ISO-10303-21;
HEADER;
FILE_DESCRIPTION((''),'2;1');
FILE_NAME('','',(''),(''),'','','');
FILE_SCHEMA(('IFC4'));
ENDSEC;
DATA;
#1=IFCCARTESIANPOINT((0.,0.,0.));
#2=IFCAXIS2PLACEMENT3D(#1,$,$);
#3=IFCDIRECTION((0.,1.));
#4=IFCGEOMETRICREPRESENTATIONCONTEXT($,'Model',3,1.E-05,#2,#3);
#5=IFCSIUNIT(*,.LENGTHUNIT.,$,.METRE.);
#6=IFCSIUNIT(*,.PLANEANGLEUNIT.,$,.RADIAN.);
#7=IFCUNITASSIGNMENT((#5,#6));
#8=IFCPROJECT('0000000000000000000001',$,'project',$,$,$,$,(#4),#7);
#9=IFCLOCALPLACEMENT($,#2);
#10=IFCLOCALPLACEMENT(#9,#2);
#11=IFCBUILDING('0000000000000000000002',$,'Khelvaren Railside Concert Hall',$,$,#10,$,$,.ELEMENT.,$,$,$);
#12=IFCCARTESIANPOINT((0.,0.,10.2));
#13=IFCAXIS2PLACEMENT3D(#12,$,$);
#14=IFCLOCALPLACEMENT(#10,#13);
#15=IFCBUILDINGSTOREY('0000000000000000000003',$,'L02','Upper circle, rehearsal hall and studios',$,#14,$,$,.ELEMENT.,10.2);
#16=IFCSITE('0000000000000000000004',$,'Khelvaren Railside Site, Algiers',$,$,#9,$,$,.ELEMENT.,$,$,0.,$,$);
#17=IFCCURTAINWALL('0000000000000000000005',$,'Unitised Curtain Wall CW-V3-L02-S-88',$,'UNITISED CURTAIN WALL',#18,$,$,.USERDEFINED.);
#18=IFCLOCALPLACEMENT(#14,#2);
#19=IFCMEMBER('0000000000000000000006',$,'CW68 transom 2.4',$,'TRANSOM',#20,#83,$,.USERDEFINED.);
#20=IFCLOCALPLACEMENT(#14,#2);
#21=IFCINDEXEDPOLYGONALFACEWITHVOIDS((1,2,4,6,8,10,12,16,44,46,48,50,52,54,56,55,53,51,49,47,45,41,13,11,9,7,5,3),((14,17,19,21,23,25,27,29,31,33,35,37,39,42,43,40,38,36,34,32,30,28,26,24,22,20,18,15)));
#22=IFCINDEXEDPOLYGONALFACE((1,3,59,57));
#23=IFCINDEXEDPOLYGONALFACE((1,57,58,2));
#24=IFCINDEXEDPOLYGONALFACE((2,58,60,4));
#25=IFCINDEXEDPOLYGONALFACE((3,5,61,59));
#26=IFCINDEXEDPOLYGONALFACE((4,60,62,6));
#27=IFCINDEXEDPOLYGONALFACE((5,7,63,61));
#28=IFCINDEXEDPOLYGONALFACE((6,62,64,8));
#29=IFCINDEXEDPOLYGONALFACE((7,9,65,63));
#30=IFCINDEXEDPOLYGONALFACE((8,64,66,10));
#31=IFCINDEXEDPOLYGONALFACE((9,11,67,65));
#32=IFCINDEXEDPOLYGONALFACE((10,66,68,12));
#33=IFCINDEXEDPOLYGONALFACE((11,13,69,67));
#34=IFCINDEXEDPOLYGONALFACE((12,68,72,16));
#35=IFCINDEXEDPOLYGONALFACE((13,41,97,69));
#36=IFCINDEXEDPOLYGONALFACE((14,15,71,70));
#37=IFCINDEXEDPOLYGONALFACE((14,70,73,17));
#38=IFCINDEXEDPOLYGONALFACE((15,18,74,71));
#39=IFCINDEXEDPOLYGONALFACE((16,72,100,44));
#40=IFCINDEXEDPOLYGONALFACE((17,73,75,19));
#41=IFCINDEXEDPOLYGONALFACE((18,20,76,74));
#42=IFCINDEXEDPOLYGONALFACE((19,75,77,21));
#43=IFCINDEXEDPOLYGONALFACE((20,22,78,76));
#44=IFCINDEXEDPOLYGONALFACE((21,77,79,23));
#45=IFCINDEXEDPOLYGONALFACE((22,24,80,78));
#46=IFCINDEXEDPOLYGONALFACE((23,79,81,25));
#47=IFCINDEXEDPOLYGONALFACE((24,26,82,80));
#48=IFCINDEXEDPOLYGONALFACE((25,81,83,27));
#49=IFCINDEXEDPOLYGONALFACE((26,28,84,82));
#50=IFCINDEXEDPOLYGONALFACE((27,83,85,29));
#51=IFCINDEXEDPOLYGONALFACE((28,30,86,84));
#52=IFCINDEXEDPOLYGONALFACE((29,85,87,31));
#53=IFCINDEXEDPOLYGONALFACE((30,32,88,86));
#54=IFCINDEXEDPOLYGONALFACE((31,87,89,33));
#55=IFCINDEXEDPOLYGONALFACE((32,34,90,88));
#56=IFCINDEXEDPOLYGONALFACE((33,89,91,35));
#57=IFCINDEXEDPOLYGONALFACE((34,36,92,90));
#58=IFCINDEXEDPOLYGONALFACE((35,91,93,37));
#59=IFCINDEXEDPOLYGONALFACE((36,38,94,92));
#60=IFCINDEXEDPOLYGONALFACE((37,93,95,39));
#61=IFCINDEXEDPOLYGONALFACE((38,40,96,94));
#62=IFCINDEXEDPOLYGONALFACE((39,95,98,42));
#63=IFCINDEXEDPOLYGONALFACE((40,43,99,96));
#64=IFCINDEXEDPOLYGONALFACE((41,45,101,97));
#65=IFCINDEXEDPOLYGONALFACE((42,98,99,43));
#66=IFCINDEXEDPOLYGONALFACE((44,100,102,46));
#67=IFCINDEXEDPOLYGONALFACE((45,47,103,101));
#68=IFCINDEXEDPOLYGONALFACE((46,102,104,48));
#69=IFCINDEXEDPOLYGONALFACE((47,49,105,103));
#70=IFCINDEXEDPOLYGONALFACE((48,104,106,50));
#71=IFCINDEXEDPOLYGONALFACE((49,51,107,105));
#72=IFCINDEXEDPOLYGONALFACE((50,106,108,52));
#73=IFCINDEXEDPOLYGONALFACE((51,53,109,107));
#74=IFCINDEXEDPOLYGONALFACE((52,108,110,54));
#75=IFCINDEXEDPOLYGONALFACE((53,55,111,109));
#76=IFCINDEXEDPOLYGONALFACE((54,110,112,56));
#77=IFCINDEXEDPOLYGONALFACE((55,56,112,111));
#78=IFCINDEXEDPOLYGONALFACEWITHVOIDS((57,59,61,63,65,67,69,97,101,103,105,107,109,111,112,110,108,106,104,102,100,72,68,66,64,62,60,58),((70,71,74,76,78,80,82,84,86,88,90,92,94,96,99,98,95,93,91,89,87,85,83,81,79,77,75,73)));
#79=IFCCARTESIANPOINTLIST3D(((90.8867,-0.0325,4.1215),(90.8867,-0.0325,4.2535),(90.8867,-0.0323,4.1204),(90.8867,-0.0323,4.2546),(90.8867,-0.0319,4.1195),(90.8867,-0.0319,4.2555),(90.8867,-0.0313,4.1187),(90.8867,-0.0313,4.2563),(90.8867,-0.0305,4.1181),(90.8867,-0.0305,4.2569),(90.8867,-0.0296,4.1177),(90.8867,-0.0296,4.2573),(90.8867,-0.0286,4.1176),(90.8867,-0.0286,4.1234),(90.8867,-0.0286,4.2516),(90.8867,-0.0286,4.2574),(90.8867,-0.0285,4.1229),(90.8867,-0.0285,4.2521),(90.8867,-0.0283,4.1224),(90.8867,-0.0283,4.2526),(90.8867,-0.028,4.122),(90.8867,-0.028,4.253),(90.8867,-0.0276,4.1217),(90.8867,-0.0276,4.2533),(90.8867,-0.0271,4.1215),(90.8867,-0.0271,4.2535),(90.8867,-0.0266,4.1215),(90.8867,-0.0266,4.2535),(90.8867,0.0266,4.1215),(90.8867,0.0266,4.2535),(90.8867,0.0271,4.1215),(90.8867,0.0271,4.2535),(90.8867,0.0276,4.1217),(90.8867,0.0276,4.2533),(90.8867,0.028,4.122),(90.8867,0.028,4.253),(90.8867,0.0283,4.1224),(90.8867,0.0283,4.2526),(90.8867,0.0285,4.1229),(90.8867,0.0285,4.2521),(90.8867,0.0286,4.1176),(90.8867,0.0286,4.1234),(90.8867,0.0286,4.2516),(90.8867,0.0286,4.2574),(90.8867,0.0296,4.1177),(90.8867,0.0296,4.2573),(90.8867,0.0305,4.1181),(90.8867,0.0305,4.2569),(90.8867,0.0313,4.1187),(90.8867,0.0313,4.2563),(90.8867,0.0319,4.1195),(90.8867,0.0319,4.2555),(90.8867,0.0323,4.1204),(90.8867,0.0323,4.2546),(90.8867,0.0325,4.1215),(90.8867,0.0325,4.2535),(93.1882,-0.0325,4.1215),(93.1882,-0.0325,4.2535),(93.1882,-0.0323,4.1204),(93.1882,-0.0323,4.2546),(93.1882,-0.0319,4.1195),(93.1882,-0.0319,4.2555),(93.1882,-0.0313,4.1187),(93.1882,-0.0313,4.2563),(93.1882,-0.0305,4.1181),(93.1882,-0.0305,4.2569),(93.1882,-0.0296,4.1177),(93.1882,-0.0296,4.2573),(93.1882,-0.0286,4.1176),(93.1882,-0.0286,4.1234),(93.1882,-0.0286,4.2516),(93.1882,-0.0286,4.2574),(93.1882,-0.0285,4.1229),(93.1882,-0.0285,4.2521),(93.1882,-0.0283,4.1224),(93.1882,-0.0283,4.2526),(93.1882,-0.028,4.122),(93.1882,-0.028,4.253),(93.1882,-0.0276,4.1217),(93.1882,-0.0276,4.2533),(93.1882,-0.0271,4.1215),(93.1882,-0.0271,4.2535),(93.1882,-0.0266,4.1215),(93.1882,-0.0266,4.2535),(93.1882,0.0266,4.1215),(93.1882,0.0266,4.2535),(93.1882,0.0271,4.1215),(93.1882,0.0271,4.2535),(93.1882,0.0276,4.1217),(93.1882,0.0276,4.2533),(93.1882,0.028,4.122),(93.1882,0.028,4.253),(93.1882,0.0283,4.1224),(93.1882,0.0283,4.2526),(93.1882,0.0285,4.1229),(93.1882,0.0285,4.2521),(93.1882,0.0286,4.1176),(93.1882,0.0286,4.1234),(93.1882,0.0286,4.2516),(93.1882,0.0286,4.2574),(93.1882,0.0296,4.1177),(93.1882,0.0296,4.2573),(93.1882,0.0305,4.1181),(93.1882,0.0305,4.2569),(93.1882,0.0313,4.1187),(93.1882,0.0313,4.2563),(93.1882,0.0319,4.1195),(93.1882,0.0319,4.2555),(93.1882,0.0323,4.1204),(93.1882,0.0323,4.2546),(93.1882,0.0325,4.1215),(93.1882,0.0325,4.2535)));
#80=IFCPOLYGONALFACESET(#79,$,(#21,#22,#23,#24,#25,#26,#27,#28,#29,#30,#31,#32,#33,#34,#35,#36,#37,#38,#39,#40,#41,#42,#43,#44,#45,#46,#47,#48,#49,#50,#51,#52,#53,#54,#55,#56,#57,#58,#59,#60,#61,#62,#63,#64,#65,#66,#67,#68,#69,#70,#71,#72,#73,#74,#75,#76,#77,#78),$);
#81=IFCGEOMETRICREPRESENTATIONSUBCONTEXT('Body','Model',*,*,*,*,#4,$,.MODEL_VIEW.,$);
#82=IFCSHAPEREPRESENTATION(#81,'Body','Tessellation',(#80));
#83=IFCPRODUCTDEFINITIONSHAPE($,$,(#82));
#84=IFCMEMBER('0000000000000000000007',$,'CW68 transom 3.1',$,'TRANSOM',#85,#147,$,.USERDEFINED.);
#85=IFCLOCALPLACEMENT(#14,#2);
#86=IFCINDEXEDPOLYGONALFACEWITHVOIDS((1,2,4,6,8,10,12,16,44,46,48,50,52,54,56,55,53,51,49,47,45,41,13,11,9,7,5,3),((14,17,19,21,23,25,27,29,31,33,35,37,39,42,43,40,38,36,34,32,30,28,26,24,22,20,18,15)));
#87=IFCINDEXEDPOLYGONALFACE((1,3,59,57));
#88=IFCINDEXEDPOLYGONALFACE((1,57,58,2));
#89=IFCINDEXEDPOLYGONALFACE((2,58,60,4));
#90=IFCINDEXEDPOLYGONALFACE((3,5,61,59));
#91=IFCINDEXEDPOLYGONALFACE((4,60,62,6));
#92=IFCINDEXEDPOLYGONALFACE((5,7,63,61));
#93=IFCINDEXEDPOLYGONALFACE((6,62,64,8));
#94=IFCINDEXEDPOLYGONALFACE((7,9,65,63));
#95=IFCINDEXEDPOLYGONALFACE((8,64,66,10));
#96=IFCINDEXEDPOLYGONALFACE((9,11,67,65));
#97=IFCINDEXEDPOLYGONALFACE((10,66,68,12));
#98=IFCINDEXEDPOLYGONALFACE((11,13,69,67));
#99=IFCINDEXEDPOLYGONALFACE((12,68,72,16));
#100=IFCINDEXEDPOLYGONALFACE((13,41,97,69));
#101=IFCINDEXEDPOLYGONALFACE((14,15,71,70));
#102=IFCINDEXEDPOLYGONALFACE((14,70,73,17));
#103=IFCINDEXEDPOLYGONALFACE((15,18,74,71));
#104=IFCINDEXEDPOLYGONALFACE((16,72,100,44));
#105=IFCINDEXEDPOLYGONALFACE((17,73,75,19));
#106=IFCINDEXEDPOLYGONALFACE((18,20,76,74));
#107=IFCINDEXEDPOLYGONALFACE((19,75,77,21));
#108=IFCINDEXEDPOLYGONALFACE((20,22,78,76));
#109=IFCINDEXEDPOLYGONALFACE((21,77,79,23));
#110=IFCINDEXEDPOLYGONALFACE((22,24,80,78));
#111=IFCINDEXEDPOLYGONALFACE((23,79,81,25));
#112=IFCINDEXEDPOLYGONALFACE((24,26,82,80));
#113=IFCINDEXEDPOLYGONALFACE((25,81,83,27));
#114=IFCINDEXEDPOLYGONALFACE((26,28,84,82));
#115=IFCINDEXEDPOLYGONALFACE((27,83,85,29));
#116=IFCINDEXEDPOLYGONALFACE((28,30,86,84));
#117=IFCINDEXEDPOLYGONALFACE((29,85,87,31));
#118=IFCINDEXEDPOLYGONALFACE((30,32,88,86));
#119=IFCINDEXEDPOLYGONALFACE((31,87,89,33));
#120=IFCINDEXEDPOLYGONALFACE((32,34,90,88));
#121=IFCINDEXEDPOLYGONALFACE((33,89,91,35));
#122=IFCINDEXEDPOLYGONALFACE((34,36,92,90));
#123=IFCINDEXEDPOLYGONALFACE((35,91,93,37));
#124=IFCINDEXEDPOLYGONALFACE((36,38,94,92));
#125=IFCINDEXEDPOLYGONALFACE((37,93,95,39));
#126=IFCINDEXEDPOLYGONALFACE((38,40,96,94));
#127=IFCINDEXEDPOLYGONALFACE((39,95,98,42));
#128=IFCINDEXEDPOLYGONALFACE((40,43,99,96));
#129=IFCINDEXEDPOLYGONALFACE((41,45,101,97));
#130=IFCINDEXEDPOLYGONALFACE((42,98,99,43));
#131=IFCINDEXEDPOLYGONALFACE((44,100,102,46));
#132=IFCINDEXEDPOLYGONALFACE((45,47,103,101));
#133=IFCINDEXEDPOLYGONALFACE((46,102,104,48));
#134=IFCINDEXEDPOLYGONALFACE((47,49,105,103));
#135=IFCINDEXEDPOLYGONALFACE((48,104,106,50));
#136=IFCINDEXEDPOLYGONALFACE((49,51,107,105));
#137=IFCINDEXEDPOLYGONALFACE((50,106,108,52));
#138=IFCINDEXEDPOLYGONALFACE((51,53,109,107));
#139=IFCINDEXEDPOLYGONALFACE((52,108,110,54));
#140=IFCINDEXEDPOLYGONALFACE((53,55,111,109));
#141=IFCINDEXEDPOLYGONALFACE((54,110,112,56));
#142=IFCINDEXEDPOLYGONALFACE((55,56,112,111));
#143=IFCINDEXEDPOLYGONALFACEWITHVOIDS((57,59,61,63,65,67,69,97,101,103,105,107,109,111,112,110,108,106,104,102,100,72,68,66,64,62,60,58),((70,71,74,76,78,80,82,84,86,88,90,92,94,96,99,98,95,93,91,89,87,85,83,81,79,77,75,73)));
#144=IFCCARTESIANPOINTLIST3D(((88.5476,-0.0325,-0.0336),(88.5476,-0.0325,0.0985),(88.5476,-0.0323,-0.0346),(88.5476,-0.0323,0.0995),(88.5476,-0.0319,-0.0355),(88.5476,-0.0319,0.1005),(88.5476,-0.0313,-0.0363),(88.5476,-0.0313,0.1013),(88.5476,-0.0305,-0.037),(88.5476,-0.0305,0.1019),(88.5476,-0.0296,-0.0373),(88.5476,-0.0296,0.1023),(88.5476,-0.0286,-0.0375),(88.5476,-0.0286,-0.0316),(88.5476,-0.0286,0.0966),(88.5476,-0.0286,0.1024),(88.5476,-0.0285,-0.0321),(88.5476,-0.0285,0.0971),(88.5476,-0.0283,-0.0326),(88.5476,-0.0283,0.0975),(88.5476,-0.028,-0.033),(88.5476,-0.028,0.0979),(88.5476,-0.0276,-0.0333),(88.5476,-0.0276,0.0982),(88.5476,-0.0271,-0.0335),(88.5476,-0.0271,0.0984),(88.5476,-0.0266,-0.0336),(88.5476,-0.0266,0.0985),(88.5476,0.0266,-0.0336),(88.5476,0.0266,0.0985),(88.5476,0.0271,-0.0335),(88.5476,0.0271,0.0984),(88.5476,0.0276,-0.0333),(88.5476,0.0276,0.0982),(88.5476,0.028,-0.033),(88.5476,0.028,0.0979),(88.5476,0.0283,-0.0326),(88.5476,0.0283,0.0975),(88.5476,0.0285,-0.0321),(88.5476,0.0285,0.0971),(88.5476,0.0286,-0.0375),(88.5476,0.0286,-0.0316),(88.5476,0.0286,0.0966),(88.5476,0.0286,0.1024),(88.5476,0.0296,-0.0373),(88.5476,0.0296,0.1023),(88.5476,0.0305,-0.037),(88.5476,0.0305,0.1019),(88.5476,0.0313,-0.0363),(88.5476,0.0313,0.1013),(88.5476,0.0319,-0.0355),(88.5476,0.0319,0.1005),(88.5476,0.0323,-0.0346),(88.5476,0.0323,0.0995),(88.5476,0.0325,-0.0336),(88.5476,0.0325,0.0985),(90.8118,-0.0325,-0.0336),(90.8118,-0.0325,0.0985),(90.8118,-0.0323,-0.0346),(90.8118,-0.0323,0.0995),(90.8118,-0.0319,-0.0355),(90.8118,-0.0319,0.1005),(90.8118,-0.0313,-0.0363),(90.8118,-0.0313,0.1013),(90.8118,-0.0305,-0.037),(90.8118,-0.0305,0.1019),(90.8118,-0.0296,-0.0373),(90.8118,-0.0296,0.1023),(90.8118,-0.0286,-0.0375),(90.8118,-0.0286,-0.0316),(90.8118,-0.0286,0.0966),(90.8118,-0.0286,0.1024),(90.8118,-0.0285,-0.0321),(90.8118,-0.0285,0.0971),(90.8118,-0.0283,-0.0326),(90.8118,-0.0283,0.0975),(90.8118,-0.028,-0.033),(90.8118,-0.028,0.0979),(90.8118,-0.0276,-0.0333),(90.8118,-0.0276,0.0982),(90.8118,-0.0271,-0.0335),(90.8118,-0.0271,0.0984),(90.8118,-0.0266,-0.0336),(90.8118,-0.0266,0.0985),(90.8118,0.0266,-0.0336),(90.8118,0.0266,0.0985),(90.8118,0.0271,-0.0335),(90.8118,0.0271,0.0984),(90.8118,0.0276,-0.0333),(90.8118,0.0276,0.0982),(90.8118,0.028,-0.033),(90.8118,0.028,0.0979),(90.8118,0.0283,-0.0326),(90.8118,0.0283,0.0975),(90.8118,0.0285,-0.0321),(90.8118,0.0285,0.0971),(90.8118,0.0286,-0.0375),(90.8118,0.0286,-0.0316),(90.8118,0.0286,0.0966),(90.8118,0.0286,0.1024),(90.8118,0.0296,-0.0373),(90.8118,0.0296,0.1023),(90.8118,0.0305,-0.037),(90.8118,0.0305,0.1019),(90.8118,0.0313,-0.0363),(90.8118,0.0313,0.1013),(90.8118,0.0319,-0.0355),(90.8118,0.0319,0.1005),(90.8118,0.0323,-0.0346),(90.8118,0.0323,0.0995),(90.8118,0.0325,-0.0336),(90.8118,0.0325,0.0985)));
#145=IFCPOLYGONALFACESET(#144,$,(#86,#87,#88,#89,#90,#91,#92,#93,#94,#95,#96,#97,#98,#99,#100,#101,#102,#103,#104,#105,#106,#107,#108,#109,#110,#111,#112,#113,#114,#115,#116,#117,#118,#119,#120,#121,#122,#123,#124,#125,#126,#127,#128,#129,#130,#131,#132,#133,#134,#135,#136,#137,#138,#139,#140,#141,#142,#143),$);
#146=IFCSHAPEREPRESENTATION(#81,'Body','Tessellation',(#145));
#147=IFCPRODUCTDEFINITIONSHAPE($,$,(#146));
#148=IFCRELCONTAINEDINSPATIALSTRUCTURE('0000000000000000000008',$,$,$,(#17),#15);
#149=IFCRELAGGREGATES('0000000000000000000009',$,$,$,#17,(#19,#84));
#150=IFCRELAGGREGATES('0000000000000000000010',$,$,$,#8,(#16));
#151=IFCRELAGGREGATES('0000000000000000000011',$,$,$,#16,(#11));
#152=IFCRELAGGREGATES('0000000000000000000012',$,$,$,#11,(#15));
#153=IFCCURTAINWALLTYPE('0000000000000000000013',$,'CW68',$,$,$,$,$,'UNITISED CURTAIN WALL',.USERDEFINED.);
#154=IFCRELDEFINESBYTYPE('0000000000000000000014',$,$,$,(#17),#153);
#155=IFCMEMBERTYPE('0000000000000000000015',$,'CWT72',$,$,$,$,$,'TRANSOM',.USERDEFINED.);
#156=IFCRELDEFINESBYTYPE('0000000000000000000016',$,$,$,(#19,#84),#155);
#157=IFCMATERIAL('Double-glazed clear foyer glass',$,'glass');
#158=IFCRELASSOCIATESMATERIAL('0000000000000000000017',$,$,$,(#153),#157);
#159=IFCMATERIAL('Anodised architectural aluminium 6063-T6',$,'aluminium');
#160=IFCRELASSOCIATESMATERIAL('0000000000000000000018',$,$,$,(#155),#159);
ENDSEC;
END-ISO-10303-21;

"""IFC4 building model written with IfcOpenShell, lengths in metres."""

from ifc_helpers import new_model, si_unit, direction, frame, origin, origin_2d, place, context, subcontext, project, spatial, hollow_rectangle, extrude, material, material_profile, profile_set, type_object, element, aggregate, save


model = new_model("IFC4")

# Units and contexts
model_context = context("Model", 3, precision=1e-05, world=origin(), true_north=direction((0.0, 1.0)))
body_context = subcontext(model_context, "Body", "Model", "MODEL_VIEW")
ifc_project = project(units=[si_unit("LENGTHUNIT", "METRE"), si_unit("PLANEANGLEUNIT", "RADIAN")], contexts=[model_context])

# Site, building, storey
site_placement = place(None, origin())
site = spatial("IfcSite", under=ifc_project, at=site_placement, Name="Khelvaren Railside Site, Algiers", CompositionType="ELEMENT", RefElevation=0.0)
building_placement = place(site_placement, origin())
building = spatial("IfcBuilding", under=site, at=building_placement, Name="Khelvaren Railside Concert Hall", CompositionType="ELEMENT")
storey_placement = place(building_placement, frame((0.0, 0.0, 10.2)))
storey = spatial("IfcBuildingStorey", under=building, at=storey_placement, Name="L02", Description="Upper circle, rehearsal hall and studios", CompositionType="ELEMENT", Elevation=10.2)

# Curtain wall, members
ifc_material_1 = material(Name="Double-glazed clear foyer glass", Category="glass")
curtain_wall_type = type_object("IfcCurtainWallType", Name="CW68", ElementType="UNITISED CURTAIN WALL", PredefinedType="USERDEFINED", material=ifc_material_1)
curtain_wall_placement = place(storey_placement, origin())
curtain_wall = element("IfcCurtainWall", 1, at=curtain_wall_placement, inside=storey, type_object=curtain_wall_type, Name="Unitised Curtain Wall CW-V3-L02-S-88", ObjectType="UNITISED CURTAIN WALL", PredefinedType="USERDEFINED")
ifc_material_2 = material(Name="Anodised architectural aluminium 6063-T6", Category="aluminium")
ifc_material_profile_1 = material_profile(ifc_material_2, hollow_rectangle(XDim=0.0649, YDim=0.1399, WallThickness=0.0039, InnerFilletRadius=0.002, OuterFilletRadius=0.0039, at=origin_2d()), Name="CWT 65x140x4")
ifc_profile_set_1 = profile_set([ifc_material_profile_1], Name="Anodised architectural aluminium 6063-T6")
member_type_1 = type_object("IfcMemberType", Name="CWT72", ElementType="TRANSOM", PredefinedType="USERDEFINED", material=ifc_profile_set_1)
member_1_placement = place(storey_placement, frame((93.1882, 0.0, 4.1875), z_axis=(-1.0, 0.0, 0.0), x_axis=(0.0, -1.0, 0.0)))
member_1 = element("IfcMember", 2, at=member_1_placement, type_object=member_type_1, Name="CW68 transom 2.4", ObjectType="TRANSOM", PredefinedType="USERDEFINED", context=body_context, shape_type="SweptSolid", body=[
    extrude(hollow_rectangle(XDim=0.0649, YDim=0.1399, WallThickness=0.0039, InnerFilletRadius=0.002, OuterFilletRadius=0.0039, at=origin_2d()), origin(), (0.0, 0.0, 1.0), 2.3015),
])
member_2_placement = place(storey_placement, frame((90.8118, 0.0, 0.0325), z_axis=(-1.0, 0.0, 0.0), x_axis=(0.0, -1.0, 0.0)))
member_2 = element("IfcMember", 3, at=member_2_placement, type_object=member_type_1, Name="CW68 transom 3.1", ObjectType="TRANSOM", PredefinedType="USERDEFINED", context=body_context, shape_type="SweptSolid", body=[
    extrude(hollow_rectangle(XDim=0.0649, YDim=0.1399, WallThickness=0.0039, InnerFilletRadius=0.002, OuterFilletRadius=0.0039, at=origin_2d()), origin(), (0.0, 0.0, 1.0), 2.2642),
])
aggregate(curtain_wall, [member_1, member_2])

save(model, "model.ifc")
